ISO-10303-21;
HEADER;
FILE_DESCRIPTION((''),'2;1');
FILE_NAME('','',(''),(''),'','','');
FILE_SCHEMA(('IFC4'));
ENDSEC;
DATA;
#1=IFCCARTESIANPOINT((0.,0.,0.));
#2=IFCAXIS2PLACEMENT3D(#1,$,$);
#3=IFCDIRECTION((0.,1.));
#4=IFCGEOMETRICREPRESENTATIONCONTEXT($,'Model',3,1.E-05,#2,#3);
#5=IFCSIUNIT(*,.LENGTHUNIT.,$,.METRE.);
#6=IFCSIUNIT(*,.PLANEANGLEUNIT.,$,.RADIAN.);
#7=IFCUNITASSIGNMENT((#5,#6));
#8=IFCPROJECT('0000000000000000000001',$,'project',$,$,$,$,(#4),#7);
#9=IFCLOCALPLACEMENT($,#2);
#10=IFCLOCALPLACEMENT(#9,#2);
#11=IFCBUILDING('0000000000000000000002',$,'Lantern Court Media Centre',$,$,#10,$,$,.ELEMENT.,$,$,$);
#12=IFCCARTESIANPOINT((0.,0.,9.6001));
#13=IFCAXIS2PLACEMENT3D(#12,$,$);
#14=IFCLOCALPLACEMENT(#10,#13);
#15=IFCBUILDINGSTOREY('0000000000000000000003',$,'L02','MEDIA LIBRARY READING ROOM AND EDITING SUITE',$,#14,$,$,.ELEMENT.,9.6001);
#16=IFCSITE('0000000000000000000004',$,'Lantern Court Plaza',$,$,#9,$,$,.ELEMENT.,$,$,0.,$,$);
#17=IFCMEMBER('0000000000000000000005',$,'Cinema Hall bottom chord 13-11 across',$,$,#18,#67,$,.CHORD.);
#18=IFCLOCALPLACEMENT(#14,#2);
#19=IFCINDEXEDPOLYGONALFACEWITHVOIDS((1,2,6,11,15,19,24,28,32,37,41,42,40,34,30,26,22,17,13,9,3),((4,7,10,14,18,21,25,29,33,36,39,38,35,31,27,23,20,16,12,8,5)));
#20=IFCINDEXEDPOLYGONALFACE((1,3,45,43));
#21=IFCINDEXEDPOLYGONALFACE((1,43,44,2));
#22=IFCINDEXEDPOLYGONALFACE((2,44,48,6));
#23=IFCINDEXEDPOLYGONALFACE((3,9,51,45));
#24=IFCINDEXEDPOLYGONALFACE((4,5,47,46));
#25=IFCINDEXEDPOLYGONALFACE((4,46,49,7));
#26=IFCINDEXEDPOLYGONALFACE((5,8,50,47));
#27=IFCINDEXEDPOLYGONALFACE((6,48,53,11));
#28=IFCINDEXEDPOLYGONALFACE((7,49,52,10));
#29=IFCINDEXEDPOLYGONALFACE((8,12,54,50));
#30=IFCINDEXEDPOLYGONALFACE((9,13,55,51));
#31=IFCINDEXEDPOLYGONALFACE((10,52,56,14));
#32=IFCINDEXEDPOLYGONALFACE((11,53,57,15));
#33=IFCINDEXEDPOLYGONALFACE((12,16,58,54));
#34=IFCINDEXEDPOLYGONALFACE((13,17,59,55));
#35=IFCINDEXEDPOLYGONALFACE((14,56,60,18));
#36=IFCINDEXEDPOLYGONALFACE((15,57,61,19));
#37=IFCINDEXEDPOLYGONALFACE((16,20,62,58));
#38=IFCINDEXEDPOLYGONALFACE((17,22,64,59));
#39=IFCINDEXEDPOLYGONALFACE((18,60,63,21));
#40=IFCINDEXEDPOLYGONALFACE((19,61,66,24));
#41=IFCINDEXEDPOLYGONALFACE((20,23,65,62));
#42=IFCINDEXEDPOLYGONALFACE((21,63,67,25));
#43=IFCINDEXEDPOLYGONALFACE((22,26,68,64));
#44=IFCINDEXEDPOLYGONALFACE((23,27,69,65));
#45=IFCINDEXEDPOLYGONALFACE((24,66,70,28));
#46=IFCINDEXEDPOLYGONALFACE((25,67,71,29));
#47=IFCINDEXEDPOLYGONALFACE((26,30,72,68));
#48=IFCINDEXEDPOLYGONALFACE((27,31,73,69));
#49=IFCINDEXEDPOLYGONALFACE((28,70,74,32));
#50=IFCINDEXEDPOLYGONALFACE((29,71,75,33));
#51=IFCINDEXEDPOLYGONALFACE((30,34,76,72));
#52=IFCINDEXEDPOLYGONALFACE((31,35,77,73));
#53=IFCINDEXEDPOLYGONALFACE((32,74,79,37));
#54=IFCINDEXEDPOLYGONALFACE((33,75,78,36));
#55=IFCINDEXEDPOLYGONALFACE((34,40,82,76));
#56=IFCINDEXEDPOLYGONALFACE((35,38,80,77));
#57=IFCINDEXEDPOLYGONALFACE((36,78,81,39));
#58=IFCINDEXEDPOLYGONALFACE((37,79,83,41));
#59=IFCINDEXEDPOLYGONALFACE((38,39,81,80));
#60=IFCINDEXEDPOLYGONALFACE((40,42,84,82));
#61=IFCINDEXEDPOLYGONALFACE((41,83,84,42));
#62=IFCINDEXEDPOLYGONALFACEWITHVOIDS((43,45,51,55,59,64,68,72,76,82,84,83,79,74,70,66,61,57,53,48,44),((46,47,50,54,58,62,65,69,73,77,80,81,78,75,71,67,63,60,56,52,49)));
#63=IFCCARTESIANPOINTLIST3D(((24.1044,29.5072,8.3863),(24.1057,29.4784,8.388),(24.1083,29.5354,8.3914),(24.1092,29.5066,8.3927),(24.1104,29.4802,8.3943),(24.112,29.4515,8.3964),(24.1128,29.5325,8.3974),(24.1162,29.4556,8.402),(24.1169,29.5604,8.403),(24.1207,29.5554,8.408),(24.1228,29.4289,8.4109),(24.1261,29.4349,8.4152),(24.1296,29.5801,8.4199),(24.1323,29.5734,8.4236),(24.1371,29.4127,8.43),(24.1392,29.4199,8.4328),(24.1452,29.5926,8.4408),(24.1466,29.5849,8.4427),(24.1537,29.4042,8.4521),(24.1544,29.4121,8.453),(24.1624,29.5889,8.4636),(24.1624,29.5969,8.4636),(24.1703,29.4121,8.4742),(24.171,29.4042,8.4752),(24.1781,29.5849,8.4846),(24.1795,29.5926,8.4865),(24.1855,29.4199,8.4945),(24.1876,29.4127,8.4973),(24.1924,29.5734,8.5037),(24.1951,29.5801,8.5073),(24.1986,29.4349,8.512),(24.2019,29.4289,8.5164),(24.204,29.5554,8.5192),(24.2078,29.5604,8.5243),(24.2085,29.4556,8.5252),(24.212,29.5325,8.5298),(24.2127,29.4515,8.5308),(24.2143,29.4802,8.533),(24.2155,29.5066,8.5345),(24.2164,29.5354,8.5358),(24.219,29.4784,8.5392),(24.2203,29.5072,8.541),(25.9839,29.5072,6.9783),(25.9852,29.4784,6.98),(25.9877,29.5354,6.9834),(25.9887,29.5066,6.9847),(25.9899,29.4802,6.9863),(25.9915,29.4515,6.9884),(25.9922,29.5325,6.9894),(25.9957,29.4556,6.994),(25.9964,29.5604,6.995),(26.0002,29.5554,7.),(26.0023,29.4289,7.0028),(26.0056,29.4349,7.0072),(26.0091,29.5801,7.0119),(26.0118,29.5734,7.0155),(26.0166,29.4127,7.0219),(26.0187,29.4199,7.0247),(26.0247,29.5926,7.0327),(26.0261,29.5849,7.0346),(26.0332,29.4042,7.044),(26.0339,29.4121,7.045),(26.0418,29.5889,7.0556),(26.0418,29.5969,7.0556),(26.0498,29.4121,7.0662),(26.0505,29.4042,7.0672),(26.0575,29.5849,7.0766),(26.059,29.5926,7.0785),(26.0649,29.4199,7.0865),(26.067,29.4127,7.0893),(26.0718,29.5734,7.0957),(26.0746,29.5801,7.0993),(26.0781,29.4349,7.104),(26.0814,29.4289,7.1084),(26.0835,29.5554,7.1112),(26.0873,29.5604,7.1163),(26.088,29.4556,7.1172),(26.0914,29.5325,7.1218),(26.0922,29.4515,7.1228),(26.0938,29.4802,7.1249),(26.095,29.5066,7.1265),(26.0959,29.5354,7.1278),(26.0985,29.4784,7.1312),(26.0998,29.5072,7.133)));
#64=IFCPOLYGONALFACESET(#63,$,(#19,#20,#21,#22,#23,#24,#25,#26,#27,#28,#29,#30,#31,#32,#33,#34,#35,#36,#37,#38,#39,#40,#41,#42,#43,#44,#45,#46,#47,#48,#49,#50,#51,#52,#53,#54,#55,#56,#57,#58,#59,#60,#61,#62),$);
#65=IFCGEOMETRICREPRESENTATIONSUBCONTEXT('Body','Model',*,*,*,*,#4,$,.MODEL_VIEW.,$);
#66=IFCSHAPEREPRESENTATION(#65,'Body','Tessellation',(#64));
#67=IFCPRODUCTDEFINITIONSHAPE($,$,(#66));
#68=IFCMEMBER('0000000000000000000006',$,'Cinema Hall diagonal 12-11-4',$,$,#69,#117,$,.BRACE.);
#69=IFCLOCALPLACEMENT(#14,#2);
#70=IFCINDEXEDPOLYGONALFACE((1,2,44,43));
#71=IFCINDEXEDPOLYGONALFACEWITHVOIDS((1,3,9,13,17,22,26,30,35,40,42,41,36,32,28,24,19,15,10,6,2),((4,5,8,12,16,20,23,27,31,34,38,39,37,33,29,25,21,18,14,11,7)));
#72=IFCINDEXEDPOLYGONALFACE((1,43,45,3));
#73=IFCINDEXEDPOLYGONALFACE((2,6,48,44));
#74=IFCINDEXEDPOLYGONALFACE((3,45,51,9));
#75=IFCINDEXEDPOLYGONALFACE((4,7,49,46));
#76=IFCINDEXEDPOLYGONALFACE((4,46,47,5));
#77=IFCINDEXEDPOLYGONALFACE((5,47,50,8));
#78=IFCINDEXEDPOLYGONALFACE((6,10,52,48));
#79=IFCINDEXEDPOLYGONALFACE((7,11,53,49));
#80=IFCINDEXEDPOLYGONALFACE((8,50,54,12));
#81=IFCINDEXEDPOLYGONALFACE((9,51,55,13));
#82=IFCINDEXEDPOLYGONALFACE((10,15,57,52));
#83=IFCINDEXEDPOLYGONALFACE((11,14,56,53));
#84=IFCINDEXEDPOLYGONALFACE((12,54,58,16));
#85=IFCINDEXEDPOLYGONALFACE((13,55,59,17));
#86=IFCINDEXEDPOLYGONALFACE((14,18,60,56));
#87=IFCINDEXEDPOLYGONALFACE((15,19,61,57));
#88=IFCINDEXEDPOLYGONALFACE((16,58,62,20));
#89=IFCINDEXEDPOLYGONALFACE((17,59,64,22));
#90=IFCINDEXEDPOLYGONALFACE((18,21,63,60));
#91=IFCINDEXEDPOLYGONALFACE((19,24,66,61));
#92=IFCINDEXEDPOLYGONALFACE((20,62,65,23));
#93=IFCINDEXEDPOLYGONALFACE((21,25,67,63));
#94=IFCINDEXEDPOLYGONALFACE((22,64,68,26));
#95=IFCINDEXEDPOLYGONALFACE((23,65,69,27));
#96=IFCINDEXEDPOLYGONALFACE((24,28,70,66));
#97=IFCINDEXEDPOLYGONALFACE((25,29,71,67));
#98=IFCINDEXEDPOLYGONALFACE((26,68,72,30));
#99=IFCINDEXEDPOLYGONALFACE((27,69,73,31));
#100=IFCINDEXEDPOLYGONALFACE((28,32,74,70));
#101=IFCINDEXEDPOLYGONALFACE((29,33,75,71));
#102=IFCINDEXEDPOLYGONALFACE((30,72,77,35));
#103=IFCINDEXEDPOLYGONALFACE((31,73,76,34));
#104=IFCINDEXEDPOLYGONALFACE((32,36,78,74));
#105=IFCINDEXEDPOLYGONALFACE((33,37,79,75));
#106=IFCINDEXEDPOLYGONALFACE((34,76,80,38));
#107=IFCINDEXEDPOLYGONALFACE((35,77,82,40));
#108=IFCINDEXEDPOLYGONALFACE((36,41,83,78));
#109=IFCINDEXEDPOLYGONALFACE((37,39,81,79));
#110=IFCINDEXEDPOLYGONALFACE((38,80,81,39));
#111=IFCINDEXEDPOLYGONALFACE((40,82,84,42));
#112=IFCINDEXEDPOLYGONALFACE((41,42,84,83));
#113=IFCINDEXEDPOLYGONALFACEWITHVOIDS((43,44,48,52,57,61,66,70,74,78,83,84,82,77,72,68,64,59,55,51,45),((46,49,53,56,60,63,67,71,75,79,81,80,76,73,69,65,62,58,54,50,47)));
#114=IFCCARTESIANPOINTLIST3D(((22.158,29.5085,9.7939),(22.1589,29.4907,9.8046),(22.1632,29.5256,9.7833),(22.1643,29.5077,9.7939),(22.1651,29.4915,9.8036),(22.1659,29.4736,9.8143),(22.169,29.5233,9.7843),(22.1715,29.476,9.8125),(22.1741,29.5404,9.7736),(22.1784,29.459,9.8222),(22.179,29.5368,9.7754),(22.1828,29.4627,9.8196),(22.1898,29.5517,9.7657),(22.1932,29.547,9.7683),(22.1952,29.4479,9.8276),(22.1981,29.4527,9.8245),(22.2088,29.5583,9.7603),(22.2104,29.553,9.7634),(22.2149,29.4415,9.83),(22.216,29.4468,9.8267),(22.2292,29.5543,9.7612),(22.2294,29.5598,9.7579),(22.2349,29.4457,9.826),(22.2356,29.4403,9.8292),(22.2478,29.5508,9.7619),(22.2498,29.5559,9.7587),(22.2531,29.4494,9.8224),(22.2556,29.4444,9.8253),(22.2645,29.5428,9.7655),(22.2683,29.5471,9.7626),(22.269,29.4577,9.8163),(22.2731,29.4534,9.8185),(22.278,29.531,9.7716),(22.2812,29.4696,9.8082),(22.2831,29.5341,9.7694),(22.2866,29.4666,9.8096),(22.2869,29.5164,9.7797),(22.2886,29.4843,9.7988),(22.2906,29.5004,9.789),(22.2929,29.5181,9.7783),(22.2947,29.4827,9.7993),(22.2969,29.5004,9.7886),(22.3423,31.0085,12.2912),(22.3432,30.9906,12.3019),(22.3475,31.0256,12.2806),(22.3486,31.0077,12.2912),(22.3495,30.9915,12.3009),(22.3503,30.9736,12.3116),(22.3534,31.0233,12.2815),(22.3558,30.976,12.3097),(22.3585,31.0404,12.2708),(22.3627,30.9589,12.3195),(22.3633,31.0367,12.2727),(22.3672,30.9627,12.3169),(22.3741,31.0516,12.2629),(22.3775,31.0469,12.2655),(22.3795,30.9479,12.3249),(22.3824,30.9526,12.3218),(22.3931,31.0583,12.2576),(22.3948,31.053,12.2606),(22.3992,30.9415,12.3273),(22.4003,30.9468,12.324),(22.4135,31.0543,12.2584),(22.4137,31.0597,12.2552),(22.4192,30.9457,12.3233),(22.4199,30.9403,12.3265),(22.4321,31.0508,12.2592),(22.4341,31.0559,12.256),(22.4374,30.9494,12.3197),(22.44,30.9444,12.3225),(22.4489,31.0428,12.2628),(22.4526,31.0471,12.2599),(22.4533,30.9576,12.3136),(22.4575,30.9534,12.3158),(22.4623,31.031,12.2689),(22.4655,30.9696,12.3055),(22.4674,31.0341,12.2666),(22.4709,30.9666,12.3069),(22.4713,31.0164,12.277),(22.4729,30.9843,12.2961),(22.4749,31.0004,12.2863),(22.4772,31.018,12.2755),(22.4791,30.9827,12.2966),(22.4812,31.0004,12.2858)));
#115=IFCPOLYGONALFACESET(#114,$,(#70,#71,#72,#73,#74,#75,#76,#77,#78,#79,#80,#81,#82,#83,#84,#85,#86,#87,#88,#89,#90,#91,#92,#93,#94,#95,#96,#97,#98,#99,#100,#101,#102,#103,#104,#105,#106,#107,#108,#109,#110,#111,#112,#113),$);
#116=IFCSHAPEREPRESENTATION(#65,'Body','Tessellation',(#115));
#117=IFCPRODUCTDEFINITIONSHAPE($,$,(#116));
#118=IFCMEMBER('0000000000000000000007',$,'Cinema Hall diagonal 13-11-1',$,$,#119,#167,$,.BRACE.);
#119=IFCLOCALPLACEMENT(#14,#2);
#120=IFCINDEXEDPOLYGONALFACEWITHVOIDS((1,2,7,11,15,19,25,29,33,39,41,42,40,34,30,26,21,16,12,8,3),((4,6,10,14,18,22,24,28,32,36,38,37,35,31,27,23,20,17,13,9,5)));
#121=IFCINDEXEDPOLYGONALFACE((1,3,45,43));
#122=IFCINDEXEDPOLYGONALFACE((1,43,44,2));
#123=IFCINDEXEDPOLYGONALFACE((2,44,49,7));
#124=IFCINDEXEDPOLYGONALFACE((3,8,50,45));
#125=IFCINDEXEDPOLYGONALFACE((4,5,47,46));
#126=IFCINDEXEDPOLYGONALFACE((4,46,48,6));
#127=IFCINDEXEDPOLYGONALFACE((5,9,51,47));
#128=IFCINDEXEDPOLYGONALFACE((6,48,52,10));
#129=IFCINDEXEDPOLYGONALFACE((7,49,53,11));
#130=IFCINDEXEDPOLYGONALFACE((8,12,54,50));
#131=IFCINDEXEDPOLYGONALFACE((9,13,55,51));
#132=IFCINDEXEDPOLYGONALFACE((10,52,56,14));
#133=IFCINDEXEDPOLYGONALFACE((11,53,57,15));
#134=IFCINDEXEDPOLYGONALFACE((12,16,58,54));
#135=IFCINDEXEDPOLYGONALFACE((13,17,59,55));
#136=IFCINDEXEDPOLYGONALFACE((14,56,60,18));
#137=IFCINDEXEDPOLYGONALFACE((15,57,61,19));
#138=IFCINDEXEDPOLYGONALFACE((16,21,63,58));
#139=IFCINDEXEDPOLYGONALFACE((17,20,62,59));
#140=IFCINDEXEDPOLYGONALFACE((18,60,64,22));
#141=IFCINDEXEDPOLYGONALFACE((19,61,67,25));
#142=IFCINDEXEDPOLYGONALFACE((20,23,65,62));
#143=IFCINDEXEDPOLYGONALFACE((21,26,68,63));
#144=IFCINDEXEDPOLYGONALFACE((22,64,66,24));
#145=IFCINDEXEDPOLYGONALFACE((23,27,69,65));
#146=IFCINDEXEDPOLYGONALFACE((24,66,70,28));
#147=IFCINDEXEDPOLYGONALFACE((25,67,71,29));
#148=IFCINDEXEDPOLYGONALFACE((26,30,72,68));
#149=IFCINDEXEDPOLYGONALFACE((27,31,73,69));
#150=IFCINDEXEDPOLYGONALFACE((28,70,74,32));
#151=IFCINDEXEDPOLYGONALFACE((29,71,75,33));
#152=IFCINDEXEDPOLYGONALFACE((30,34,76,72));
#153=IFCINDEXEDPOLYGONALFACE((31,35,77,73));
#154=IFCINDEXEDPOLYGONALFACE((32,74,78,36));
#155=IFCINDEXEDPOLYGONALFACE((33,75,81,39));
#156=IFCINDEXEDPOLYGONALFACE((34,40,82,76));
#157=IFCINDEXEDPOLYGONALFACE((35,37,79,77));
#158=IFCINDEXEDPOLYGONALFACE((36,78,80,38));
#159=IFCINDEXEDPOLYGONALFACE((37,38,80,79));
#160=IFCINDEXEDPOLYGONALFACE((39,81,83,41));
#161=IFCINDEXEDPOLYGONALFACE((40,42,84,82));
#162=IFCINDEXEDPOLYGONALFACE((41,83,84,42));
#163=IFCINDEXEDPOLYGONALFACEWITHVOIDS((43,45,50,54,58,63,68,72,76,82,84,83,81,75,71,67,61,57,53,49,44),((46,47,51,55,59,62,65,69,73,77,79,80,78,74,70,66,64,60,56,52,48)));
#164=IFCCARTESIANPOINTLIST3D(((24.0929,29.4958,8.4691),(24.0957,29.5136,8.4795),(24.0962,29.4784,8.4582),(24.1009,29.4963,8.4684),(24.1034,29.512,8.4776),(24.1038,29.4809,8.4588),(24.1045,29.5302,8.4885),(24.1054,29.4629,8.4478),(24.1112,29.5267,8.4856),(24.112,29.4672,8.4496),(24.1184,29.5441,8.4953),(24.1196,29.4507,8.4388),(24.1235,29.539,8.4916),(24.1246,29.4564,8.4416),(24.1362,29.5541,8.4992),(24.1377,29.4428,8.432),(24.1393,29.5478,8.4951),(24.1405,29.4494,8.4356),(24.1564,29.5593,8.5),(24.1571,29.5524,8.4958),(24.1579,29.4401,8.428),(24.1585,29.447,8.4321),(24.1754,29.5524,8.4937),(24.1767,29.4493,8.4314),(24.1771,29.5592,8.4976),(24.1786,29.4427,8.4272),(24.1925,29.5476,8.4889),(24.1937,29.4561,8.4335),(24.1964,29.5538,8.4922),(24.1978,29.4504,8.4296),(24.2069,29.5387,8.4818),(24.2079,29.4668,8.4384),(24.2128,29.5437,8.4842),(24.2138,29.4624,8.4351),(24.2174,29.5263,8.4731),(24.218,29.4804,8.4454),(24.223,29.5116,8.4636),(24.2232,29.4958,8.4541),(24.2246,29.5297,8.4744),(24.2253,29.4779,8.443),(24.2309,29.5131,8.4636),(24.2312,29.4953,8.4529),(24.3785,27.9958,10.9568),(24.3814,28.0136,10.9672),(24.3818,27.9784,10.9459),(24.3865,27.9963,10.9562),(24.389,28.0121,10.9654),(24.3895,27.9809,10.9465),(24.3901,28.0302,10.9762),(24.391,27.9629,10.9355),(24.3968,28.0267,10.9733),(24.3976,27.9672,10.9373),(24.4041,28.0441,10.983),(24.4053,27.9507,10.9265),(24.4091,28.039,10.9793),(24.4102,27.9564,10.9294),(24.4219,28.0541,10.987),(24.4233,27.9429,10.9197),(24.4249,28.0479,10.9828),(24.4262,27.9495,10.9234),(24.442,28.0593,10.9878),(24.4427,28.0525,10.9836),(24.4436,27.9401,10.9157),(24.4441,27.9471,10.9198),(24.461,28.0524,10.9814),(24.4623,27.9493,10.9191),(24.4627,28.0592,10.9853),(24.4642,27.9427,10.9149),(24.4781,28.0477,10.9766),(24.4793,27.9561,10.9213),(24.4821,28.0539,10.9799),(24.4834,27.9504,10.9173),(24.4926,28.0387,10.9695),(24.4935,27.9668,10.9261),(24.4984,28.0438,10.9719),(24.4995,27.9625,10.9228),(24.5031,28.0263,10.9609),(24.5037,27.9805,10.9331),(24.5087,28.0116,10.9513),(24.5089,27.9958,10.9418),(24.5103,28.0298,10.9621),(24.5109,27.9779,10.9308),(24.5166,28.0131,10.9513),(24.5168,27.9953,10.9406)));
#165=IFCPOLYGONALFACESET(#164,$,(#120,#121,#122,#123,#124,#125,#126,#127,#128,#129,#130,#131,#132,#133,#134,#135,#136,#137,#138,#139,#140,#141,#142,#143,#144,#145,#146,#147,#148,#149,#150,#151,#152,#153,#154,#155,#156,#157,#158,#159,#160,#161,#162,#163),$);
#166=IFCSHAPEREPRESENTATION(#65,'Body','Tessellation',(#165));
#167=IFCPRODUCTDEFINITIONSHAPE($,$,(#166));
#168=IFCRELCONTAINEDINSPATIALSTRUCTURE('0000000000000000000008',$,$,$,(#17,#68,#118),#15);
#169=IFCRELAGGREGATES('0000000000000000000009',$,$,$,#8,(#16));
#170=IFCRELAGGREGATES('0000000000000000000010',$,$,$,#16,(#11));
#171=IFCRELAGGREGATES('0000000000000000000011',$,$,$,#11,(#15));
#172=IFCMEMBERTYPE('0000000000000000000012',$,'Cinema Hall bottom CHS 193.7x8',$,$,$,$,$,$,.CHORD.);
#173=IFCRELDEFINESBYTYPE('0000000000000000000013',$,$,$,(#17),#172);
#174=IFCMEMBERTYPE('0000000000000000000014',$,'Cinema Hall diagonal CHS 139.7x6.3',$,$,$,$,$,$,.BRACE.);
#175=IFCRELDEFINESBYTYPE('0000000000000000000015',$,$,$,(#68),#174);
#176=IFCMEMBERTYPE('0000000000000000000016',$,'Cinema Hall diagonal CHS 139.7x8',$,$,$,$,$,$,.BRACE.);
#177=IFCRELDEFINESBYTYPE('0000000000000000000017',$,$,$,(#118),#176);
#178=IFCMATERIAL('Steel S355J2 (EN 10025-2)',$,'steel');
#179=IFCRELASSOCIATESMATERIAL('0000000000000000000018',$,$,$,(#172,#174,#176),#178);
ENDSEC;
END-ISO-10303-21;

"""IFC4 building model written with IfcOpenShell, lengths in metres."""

from ifc_helpers import new_model, si_unit, direction, frame, origin, origin_2d, place, context, subcontext, project, spatial, hollow_circle, extrude, material, material_profile, profile_set, type_object, element, save


model = new_model("IFC4")

# Units and contexts
model_context = context("Model", 3, precision=1e-05, world=origin(), true_north=direction((0.0, 1.0)))
body_context = subcontext(model_context, "Body", "Model", "MODEL_VIEW")
ifc_project = project(units=[si_unit("LENGTHUNIT", "METRE"), si_unit("PLANEANGLEUNIT", "RADIAN")], contexts=[model_context])

# Site, building, storey
site_placement = place(None, origin())
site = spatial("IfcSite", under=ifc_project, at=site_placement, Name="Lantern Court Plaza", CompositionType="ELEMENT", RefElevation=0.0)
building_placement = place(site_placement, origin())
building = spatial("IfcBuilding", under=site, at=building_placement, Name="Lantern Court Media Centre", CompositionType="ELEMENT")
storey_placement = place(building_placement, frame((0.0, 0.0, 9.6001)))
storey = spatial("IfcBuildingStorey", under=building, at=storey_placement, Name="L02", Description="MEDIA LIBRARY READING ROOM AND EDITING SUITE", CompositionType="ELEMENT", Elevation=9.6001)

# Members
ifc_material = material(Name="Steel S355J2 (EN 10025-2)", Category="steel")
ifc_material_profile_1 = material_profile(ifc_material, hollow_circle(Radius=0.0969, WallThickness=0.0081, at=origin_2d()), Name="Cinema Hall bottom CHS 193.7x8")
ifc_profile_set_1 = profile_set([ifc_material_profile_1], Name="Steel S355J2 (EN 10025-2)")
member_type_1 = type_object("IfcMemberType", Name="Cinema Hall bottom CHS 193.7x8", PredefinedType="CHORD", material=ifc_profile_set_1)
member_1_placement = place(storey_placement, frame((24.1624, 29.5, 8.4636), z_axis=(0.800324, 0.0, -0.599567), x_axis=(0.0, 1.0, 0.0)))
element("IfcMember", 1, at=member_1_placement, inside=storey, type_object=member_type_1, Name="Cinema Hall bottom chord 13-11 across", PredefinedType="CHORD", context=body_context, shape_type="SweptSolid", body=[
    extrude(hollow_circle(Radius=0.0969, WallThickness=0.0081, at=origin_2d()), origin(), (0.0, 0.0, 1.0), 2.3484),
])
ifc_material_profile_2 = material_profile(ifc_material, hollow_circle(Radius=0.0698, WallThickness=0.0063, at=origin_2d()), Name="Cinema Hall diagonal CHS 139.7x6.3")
ifc_profile_set_2 = profile_set([ifc_material_profile_2], Name="Steel S355J2 (EN 10025-2)")
member_type_2 = type_object("IfcMemberType", Name="Cinema Hall diagonal CHS 139.7x6.3", PredefinedType="BRACE", material=ifc_profile_set_2)
member_2_placement = place(storey_placement, frame((22.2273, 29.5, 9.7939), z_axis=(0.063147, 0.513875, 0.855538), x_axis=(-0.992534, 0.121967, 0.0)))
element("IfcMember", 2, at=member_2_placement, inside=storey, type_object=member_type_2, Name="Cinema Hall diagonal 12-11-4", PredefinedType="BRACE", context=body_context, shape_type="SweptSolid", body=[
    extrude(hollow_circle(Radius=0.0698, WallThickness=0.0063, at=origin_2d()), origin(), (0.0, 0.0, 1.0), 2.9189),
])
ifc_material_profile_3 = material_profile(ifc_material, hollow_circle(Radius=0.0698, WallThickness=0.0081, at=origin_2d()), Name="Cinema Hall diagonal CHS 139.7x8")
ifc_profile_set_3 = profile_set([ifc_material_profile_3], Name="Steel S355J2 (EN 10025-2)")
member_type_3 = type_object("IfcMemberType", Name="Cinema Hall diagonal CHS 139.7x8", PredefinedType="BRACE", material=ifc_profile_set_3)
member_3_placement = place(storey_placement, frame((24.1624, 29.5, 8.4636), z_axis=(0.097856, -0.51387, 0.852268), x_axis=(0.982347, 0.187068, 0.0)))
element("IfcMember", 3, at=member_3_placement, inside=storey, type_object=member_type_3, Name="Cinema Hall diagonal 13-11-1", PredefinedType="BRACE", context=body_context, shape_type="SweptSolid", body=[
    extrude(hollow_circle(Radius=0.0698, WallThickness=0.0081, at=origin_2d()), origin(), (0.0, 0.0, 1.0), 2.9189),
])

save(model, "model.ifc")
